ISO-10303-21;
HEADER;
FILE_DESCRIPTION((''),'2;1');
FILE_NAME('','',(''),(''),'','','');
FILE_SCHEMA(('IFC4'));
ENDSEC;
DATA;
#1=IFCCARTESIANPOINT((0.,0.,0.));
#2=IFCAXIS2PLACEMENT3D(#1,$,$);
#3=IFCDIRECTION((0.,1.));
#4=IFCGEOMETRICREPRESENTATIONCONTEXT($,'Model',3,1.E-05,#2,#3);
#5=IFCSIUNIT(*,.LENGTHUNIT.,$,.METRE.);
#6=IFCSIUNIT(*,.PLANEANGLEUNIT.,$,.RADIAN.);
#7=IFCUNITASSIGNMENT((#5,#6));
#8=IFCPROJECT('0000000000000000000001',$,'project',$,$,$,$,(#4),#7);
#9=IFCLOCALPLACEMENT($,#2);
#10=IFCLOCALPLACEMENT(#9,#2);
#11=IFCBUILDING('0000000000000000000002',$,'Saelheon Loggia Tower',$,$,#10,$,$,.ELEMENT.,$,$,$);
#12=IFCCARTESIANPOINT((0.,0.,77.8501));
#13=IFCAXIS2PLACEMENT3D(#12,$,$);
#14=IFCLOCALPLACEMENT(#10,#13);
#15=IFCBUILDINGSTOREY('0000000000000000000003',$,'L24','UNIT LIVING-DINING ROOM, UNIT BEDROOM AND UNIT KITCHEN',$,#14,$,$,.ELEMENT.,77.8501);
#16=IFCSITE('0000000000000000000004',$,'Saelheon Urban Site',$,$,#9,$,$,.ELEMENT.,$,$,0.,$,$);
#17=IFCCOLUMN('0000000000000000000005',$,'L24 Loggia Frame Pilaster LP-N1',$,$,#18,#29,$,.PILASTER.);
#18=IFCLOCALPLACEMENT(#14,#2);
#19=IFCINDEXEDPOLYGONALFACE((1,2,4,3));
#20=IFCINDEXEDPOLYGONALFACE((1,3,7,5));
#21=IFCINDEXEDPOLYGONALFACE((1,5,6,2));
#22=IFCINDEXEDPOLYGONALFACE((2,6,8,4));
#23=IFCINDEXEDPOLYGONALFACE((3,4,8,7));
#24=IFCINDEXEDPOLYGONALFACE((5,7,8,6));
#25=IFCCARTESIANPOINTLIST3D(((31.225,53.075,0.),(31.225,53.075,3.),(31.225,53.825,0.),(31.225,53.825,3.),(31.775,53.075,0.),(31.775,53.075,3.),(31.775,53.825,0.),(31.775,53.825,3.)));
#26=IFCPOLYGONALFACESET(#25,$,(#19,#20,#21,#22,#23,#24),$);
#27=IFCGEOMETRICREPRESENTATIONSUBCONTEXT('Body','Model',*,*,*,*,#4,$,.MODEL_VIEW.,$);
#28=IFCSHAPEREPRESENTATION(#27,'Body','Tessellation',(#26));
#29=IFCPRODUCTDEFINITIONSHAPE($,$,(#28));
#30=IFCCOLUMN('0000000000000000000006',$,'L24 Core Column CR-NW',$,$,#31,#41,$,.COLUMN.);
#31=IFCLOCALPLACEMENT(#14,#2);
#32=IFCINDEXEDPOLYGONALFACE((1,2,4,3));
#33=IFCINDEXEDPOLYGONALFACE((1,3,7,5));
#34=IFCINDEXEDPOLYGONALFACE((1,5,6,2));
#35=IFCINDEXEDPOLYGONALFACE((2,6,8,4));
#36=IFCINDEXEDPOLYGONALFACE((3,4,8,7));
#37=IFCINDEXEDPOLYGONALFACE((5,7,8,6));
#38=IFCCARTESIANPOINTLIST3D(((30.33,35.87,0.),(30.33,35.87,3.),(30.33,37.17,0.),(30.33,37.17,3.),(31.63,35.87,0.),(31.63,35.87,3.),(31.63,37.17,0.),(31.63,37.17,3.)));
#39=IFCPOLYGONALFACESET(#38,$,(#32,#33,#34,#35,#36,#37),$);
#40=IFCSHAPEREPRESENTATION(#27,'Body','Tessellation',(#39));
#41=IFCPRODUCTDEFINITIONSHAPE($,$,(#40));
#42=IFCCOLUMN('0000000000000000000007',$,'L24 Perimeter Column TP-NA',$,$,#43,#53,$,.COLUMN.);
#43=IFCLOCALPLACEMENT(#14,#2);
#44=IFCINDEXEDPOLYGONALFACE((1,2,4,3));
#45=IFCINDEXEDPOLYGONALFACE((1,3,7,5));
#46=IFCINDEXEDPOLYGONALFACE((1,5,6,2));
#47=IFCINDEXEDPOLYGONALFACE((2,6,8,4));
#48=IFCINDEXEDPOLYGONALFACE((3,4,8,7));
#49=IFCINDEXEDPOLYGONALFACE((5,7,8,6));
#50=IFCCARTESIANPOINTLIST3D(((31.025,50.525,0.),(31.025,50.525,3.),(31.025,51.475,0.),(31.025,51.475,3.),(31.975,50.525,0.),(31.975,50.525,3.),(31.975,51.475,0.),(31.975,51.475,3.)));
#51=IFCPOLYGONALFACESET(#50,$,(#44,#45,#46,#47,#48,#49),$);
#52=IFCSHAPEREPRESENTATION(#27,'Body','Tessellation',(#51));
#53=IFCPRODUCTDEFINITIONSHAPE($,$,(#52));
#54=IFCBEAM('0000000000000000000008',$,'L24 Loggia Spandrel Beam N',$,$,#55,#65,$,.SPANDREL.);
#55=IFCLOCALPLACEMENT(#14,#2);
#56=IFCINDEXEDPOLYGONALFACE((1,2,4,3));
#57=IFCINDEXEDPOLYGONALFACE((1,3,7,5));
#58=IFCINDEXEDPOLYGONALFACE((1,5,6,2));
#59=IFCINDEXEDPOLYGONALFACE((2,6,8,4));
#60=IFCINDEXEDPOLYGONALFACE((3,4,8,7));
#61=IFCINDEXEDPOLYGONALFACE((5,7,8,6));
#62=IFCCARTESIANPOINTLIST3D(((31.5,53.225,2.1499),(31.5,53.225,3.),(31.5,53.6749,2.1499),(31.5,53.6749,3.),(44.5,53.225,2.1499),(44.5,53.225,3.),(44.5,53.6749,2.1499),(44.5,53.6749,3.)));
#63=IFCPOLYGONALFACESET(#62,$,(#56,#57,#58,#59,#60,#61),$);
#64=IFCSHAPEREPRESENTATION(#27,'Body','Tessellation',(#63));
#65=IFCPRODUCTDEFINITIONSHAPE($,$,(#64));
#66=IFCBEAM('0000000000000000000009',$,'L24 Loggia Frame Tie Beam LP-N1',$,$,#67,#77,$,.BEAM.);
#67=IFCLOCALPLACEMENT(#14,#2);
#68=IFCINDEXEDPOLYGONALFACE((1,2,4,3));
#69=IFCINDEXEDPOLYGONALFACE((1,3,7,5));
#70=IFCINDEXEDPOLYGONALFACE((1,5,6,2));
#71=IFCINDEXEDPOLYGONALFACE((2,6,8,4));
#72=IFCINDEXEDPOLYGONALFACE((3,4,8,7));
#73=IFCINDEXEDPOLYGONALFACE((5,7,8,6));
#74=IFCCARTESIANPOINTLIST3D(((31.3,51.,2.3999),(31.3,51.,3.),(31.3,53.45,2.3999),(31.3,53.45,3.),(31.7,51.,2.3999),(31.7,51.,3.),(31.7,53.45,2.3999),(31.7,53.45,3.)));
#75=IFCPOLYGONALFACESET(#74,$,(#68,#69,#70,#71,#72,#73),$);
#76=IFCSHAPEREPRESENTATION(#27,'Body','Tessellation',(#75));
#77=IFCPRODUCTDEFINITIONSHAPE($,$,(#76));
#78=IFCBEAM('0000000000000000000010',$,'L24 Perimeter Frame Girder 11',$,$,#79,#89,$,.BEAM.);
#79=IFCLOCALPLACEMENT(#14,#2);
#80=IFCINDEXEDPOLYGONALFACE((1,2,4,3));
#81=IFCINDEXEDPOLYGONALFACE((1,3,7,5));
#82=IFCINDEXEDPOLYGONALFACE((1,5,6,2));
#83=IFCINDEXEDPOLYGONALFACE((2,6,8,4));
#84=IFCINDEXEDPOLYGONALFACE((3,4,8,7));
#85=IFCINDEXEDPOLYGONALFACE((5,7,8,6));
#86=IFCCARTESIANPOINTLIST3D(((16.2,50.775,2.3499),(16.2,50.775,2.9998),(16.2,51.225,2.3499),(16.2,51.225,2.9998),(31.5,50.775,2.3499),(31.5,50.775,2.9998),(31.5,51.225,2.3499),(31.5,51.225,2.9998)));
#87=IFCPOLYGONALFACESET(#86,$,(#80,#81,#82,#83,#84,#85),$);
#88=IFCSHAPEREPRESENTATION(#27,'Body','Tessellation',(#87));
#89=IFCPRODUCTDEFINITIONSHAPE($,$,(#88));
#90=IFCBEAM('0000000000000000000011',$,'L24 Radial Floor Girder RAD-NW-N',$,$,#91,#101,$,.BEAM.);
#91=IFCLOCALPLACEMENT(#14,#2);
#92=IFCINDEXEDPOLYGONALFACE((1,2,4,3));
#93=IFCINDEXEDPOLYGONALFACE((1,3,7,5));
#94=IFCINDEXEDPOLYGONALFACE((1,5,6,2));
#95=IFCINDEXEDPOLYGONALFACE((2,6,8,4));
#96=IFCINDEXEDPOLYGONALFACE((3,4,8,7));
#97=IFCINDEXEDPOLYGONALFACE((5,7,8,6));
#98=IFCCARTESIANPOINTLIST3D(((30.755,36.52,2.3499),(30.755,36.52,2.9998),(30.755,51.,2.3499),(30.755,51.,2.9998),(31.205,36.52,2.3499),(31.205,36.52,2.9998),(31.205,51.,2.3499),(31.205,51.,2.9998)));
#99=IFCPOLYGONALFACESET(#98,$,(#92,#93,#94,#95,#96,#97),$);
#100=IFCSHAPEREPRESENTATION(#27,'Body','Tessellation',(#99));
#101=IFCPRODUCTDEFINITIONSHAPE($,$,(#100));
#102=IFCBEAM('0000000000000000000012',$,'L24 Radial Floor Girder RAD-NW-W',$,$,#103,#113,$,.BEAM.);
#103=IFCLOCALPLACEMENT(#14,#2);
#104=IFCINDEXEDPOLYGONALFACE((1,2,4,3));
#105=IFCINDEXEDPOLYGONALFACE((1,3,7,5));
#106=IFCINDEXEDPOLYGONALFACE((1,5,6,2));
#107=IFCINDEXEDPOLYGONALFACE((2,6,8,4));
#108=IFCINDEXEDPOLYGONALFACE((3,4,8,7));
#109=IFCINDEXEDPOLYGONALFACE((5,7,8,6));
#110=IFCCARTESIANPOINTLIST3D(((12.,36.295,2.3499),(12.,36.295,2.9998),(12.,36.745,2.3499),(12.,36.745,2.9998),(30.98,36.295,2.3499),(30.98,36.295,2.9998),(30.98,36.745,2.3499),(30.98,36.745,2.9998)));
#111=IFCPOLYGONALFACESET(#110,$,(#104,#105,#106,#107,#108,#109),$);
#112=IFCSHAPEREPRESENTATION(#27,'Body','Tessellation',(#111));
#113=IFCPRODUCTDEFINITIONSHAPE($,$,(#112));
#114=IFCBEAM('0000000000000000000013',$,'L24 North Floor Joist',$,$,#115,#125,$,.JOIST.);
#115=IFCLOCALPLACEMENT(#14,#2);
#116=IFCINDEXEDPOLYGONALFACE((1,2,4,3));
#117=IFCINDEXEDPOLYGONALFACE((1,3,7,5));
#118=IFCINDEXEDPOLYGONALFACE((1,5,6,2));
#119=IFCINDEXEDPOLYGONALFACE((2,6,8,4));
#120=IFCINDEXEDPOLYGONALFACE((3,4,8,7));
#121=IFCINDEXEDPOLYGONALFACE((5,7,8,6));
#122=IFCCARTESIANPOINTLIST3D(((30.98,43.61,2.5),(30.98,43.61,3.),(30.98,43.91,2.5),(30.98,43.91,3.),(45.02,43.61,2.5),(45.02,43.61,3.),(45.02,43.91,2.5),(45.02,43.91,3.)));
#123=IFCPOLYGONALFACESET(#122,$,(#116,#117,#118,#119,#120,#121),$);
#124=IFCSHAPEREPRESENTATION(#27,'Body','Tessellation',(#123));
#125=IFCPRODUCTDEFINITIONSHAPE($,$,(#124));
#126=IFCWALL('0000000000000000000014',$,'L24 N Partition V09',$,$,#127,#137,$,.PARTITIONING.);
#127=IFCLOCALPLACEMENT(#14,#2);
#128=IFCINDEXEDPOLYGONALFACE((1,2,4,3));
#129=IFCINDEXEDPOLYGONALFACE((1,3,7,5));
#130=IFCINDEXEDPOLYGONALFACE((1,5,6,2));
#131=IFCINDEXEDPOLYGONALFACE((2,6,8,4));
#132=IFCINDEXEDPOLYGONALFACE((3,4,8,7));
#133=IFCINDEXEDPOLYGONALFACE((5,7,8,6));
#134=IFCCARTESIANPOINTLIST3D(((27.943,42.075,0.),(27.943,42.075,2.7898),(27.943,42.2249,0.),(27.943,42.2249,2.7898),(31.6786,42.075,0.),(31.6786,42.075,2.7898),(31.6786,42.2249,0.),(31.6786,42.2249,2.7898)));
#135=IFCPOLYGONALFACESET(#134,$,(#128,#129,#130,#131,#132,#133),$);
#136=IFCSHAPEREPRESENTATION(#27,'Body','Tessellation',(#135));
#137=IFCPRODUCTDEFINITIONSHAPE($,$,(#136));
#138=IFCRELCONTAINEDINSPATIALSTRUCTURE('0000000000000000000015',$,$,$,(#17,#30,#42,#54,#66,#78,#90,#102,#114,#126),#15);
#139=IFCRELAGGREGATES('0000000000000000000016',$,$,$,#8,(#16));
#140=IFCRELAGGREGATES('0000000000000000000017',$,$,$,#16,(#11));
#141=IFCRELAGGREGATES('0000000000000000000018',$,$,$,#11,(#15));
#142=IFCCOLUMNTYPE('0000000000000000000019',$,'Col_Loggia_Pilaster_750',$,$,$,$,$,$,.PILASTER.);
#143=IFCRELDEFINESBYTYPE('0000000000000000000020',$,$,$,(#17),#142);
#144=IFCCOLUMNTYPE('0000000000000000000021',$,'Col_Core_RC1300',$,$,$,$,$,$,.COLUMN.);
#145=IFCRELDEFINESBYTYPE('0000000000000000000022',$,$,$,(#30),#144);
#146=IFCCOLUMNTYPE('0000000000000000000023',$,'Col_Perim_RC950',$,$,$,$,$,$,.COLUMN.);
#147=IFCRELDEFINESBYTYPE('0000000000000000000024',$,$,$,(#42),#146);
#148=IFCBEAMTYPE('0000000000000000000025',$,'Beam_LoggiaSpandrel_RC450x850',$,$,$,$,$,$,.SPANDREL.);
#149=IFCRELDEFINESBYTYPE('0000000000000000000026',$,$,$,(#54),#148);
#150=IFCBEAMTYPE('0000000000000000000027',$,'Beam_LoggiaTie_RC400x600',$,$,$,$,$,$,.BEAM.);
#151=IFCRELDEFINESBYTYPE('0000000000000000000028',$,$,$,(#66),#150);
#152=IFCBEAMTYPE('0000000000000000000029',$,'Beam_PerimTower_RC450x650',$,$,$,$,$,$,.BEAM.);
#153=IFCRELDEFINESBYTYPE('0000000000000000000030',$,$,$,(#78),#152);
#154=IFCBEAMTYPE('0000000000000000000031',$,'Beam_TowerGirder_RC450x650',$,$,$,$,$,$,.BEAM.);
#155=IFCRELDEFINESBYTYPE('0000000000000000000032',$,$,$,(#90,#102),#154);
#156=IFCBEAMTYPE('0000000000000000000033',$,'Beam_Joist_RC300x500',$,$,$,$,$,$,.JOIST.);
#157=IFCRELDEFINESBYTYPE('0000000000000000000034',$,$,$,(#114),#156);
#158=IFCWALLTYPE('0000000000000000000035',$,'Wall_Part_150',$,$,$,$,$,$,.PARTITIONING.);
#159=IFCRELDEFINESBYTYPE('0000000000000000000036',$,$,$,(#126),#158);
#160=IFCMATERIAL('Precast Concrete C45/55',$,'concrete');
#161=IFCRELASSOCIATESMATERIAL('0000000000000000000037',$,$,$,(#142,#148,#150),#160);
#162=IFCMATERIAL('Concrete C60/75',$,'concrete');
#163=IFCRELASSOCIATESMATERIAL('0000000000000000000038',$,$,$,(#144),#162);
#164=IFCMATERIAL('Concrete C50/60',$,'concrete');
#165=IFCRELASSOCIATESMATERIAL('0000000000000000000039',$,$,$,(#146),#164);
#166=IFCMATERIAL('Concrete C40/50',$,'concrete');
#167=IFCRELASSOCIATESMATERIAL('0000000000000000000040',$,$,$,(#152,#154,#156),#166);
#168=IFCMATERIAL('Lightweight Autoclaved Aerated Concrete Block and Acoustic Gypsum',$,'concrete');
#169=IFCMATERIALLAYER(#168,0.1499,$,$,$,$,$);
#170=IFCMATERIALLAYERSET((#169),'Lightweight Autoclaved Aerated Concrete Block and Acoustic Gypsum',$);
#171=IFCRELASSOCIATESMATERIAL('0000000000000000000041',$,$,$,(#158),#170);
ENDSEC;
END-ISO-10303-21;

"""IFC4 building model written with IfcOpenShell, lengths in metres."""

from ifc_helpers import new_model, si_unit, direction, frame, frame_2d, origin, origin_2d, place, context, subcontext, project, spatial, rectangle, extrude, source, transform, mapped, material, layer, layer_set, material_profile, profile_set, type_object, element, save


model = new_model("IFC4")

# Units and contexts
model_context = context("Model", 3, precision=1e-05, world=origin(), true_north=direction((0.0, 1.0)))
body_context = subcontext(model_context, "Body", "Model", "MODEL_VIEW")
ifc_project = project(units=[si_unit("LENGTHUNIT", "METRE"), si_unit("PLANEANGLEUNIT", "RADIAN")], contexts=[model_context])

# Site, building, storey
site_placement = place(None, origin())
site = spatial("IfcSite", under=ifc_project, at=site_placement, Name="Saelheon Urban Site", CompositionType="ELEMENT", RefElevation=0.0)
building_placement = place(site_placement, origin())
building = spatial("IfcBuilding", under=site, at=building_placement, Name="Saelheon Loggia Tower", CompositionType="ELEMENT")
storey_placement = place(building_placement, frame((0.0, 0.0, 77.8501)))
storey = spatial("IfcBuildingStorey", under=building, at=storey_placement, Name="L24", Description="UNIT LIVING-DINING ROOM, UNIT BEDROOM AND UNIT KITCHEN", CompositionType="ELEMENT", Elevation=77.8501)

# Columns
ifc_material_1 = material(Name="Precast Concrete C45/55", Category="concrete")
ifc_material_profile_1 = material_profile(ifc_material_1, rectangle(XDim=0.55, YDim=0.75, at=origin_2d()), Name="RC-550x750")
ifc_profile_set_1 = profile_set([ifc_material_profile_1], Name="Precast Concrete C45/55")
column_type_1 = type_object("IfcColumnType", Name="Col_Loggia_Pilaster_750", PredefinedType="PILASTER", material=ifc_profile_set_1)
shared_shape_1 = source(origin(), body_context, "Body", "SweptSolid", [
    extrude(rectangle(XDim=0.55, YDim=0.75, at=origin_2d()), origin(), (0.0, 0.0, 1.0), 3.0),
])
column_1_placement = place(storey_placement, frame((31.5, 53.45, 0.0), z_axis=(0.0, 0.0, 1.0), x_axis=(1.0, 0.0, 0.0)))
element("IfcColumn", 1, at=column_1_placement, inside=storey, type_object=column_type_1, Name="L24 Loggia Frame Pilaster LP-N1", PredefinedType="PILASTER", context=body_context, shape_type="MappedRepresentation", body=[
    mapped(shared_shape_1, transform((0.0, 0.0, 0.0), scale=1.0)),
])
ifc_material_2 = material(Name="Concrete C60/75", Category="concrete")
ifc_material_profile_2 = material_profile(ifc_material_2, rectangle(XDim=1.3, YDim=1.3, at=origin_2d()), Name="RC-1300x1300")
ifc_profile_set_2 = profile_set([ifc_material_profile_2], Name="Concrete C60/75")
column_type_2 = type_object("IfcColumnType", Name="Col_Core_RC1300", PredefinedType="COLUMN", material=ifc_profile_set_2)
shared_shape_2 = source(origin(), body_context, "Body", "SweptSolid", [
    extrude(rectangle(XDim=1.3, YDim=1.3, at=origin_2d()), origin(), (0.0, 0.0, 1.0), 3.0),
])
column_2_placement = place(storey_placement, frame((30.98, 36.52, 0.0), z_axis=(0.0, 0.0, 1.0), x_axis=(1.0, 0.0, 0.0)))
element("IfcColumn", 2, at=column_2_placement, inside=storey, type_object=column_type_2, Name="L24 Core Column CR-NW", PredefinedType="COLUMN", context=body_context, shape_type="MappedRepresentation", body=[
    mapped(shared_shape_2, transform((0.0, 0.0, 0.0), scale=1.0)),
])
ifc_material_3 = material(Name="Concrete C50/60", Category="concrete")
ifc_material_profile_3 = material_profile(ifc_material_3, rectangle(XDim=0.95, YDim=0.95, at=origin_2d()), Name="RC-950x950")
ifc_profile_set_3 = profile_set([ifc_material_profile_3], Name="Concrete C50/60")
column_type_3 = type_object("IfcColumnType", Name="Col_Perim_RC950", PredefinedType="COLUMN", material=ifc_profile_set_3)
shared_shape_3 = source(origin(), body_context, "Body", "SweptSolid", [
    extrude(rectangle(XDim=0.95, YDim=0.95, at=origin_2d()), origin(), (0.0, 0.0, 1.0), 3.0),
])
column_3_placement = place(storey_placement, frame((31.5, 51.0, 0.0), z_axis=(0.0, 0.0, 1.0), x_axis=(1.0, 0.0, 0.0)))
element("IfcColumn", 3, at=column_3_placement, inside=storey, type_object=column_type_3, Name="L24 Perimeter Column TP-NA", PredefinedType="COLUMN", context=body_context, shape_type="MappedRepresentation", body=[
    mapped(shared_shape_3, transform((0.0, 0.0, 0.0), scale=1.0)),
])

# Beams
ifc_material_profile_4 = material_profile(ifc_material_1, rectangle(XDim=0.45, YDim=0.8501, at=origin_2d()), Name="RC-450x850")
ifc_profile_set_4 = profile_set([ifc_material_profile_4], Name="Precast Concrete C45/55")
beam_type_1 = type_object("IfcBeamType", Name="Beam_LoggiaSpandrel_RC450x850", PredefinedType="SPANDREL", material=ifc_profile_set_4)
shared_shape_4 = source(origin(), body_context, "Body", "SweptSolid", [
    extrude(rectangle(XDim=0.45, YDim=0.8501, at=origin_2d()), origin(), (0.0, 0.0, 1.0), 13.0),
])
beam_1_placement = place(storey_placement, frame((31.5, 53.45, 2.575), z_axis=(1.0, 0.0, 0.0), x_axis=(0.0, 1.0, 0.0)))
element("IfcBeam", 4, at=beam_1_placement, inside=storey, type_object=beam_type_1, Name="L24 Loggia Spandrel Beam N", PredefinedType="SPANDREL", context=body_context, shape_type="MappedRepresentation", body=[
    mapped(shared_shape_4, transform((0.0, 0.0, 0.0), scale=1.0)),
])
ifc_material_profile_5 = material_profile(ifc_material_1, rectangle(XDim=0.3999, YDim=0.6001, at=origin_2d()), Name="RC-400x600")
ifc_profile_set_5 = profile_set([ifc_material_profile_5], Name="Precast Concrete C45/55")
beam_type_2 = type_object("IfcBeamType", Name="Beam_LoggiaTie_RC400x600", PredefinedType="BEAM", material=ifc_profile_set_5)
shared_shape_5 = source(origin(), body_context, "Body", "SweptSolid", [
    extrude(rectangle(XDim=0.3999, YDim=0.6001, at=origin_2d()), origin(), (0.0, 0.0, 1.0), 2.45),
])
beam_2_placement = place(storey_placement, frame((31.5, 51.0, 2.7), z_axis=(0.0, 1.0, 0.0), x_axis=(-1.0, 0.0, 0.0)))
element("IfcBeam", 5, at=beam_2_placement, inside=storey, type_object=beam_type_2, Name="L24 Loggia Frame Tie Beam LP-N1", PredefinedType="BEAM", context=body_context, shape_type="MappedRepresentation", body=[
    mapped(shared_shape_5, transform((0.0, 0.0, 0.0), scale=1.0)),
])
ifc_material_4 = material(Name="Concrete C40/50", Category="concrete")
ifc_material_profile_6 = material_profile(ifc_material_4, rectangle(XDim=0.45, YDim=0.6499, at=origin_2d()), Name="RC-450x650")
ifc_profile_set_6 = profile_set([ifc_material_profile_6], Name="Concrete C40/50")
beam_type_3 = type_object("IfcBeamType", Name="Beam_PerimTower_RC450x650", PredefinedType="BEAM", material=ifc_profile_set_6)
shared_shape_6 = source(origin(), body_context, "Body", "SweptSolid", [
    extrude(rectangle(XDim=0.45, YDim=0.6499, at=origin_2d()), origin(), (0.0, 0.0, 1.0), 15.3),
])
beam_3_placement = place(storey_placement, frame((31.5, 51.0, 2.6748), z_axis=(-1.0, 0.0, 0.0), x_axis=(0.0, -1.0, 0.0)))
element("IfcBeam", 6, at=beam_3_placement, inside=storey, type_object=beam_type_3, Name="L24 Perimeter Frame Girder 11", PredefinedType="BEAM", context=body_context, shape_type="MappedRepresentation", body=[
    mapped(shared_shape_6, transform((0.0, 0.0, 0.0), scale=1.0)),
])
ifc_material_profile_7 = material_profile(ifc_material_4, rectangle(XDim=0.45, YDim=0.6499, at=origin_2d()), Name="RC-450x650")
ifc_profile_set_7 = profile_set([ifc_material_profile_7], Name="Concrete C40/50")
beam_type_4 = type_object("IfcBeamType", Name="Beam_TowerGirder_RC450x650", PredefinedType="BEAM", material=ifc_profile_set_7)
shared_shape_7 = source(origin(), body_context, "Body", "SweptSolid", [
    extrude(rectangle(XDim=0.45, YDim=0.6499, at=origin_2d()), origin(), (0.0, 0.0, 1.0), 14.48),
])
beam_4_placement = place(storey_placement, frame((30.98, 36.52, 2.6748), z_axis=(0.0, 1.0, 0.0), x_axis=(-1.0, 0.0, 0.0)))
element("IfcBeam", 7, at=beam_4_placement, inside=storey, type_object=beam_type_4, Name="L24 Radial Floor Girder RAD-NW-N", PredefinedType="BEAM", context=body_context, shape_type="MappedRepresentation", body=[
    mapped(shared_shape_7, transform((0.0, 0.0, 0.0), scale=1.0)),
])
shared_shape_8 = source(origin(), body_context, "Body", "SweptSolid", [
    extrude(rectangle(XDim=0.45, YDim=0.6499, at=origin_2d()), origin(), (0.0, 0.0, 1.0), 18.98),
])
beam_5_placement = place(storey_placement, frame((30.98, 36.52, 2.6748), z_axis=(-1.0, 0.0, 0.0), x_axis=(0.0, -1.0, 0.0)))
element("IfcBeam", 8, at=beam_5_placement, inside=storey, type_object=beam_type_4, Name="L24 Radial Floor Girder RAD-NW-W", PredefinedType="BEAM", context=body_context, shape_type="MappedRepresentation", body=[
    mapped(shared_shape_8, transform((0.0, 0.0, 0.0), scale=1.0)),
])
ifc_material_profile_8 = material_profile(ifc_material_4, rectangle(XDim=0.3, YDim=0.5, at=origin_2d()), Name="RC-300x500")
ifc_profile_set_8 = profile_set([ifc_material_profile_8], Name="Concrete C40/50")
beam_type_5 = type_object("IfcBeamType", Name="Beam_Joist_RC300x500", PredefinedType="JOIST", material=ifc_profile_set_8)
shared_shape_9 = source(origin(), body_context, "Body", "SweptSolid", [
    extrude(rectangle(XDim=0.3, YDim=0.5, at=origin_2d()), origin(), (0.0, 0.0, 1.0), 14.04),
])
beam_6_placement = place(storey_placement, frame((30.98, 43.76, 2.75), z_axis=(1.0, 0.0, 0.0), x_axis=(0.0, 1.0, 0.0)))
element("IfcBeam", 9, at=beam_6_placement, inside=storey, type_object=beam_type_5, Name="L24 North Floor Joist", PredefinedType="JOIST", context=body_context, shape_type="MappedRepresentation", body=[
    mapped(shared_shape_9, transform((0.0, 0.0, 0.0), scale=1.0)),
])

# Wall
ifc_material_5 = material(Name="Lightweight Autoclaved Aerated Concrete Block and Acoustic Gypsum", Category="concrete")
ifc_layer_1 = layer(ifc_material_5, 0.1499)
ifc_layer_set_1 = layer_set([ifc_layer_1], Name="Lightweight Autoclaved Aerated Concrete Block and Acoustic Gypsum")
wall_type_1 = type_object("IfcWallType", Name="Wall_Part_150", PredefinedType="PARTITIONING", material=ifc_layer_set_1)
wall_1_placement = place(storey_placement, frame((27.9431, 42.1499, 0.0), z_axis=(0.0, 0.0, 1.0), x_axis=(1.0, 0.0, 0.0)))
element("IfcWall", 10, at=wall_1_placement, inside=storey, type_object=wall_type_1, Name="L24 N Partition V09", PredefinedType="PARTITIONING", context=body_context, shape_type="SweptSolid", body=[
    extrude(rectangle(XDim=3.7356, YDim=0.1499, at=frame_2d((1.8677, 0.0))), origin(), (0.0, 0.0, 1.0), 2.7898),
])

save(model, "model.ifc")
